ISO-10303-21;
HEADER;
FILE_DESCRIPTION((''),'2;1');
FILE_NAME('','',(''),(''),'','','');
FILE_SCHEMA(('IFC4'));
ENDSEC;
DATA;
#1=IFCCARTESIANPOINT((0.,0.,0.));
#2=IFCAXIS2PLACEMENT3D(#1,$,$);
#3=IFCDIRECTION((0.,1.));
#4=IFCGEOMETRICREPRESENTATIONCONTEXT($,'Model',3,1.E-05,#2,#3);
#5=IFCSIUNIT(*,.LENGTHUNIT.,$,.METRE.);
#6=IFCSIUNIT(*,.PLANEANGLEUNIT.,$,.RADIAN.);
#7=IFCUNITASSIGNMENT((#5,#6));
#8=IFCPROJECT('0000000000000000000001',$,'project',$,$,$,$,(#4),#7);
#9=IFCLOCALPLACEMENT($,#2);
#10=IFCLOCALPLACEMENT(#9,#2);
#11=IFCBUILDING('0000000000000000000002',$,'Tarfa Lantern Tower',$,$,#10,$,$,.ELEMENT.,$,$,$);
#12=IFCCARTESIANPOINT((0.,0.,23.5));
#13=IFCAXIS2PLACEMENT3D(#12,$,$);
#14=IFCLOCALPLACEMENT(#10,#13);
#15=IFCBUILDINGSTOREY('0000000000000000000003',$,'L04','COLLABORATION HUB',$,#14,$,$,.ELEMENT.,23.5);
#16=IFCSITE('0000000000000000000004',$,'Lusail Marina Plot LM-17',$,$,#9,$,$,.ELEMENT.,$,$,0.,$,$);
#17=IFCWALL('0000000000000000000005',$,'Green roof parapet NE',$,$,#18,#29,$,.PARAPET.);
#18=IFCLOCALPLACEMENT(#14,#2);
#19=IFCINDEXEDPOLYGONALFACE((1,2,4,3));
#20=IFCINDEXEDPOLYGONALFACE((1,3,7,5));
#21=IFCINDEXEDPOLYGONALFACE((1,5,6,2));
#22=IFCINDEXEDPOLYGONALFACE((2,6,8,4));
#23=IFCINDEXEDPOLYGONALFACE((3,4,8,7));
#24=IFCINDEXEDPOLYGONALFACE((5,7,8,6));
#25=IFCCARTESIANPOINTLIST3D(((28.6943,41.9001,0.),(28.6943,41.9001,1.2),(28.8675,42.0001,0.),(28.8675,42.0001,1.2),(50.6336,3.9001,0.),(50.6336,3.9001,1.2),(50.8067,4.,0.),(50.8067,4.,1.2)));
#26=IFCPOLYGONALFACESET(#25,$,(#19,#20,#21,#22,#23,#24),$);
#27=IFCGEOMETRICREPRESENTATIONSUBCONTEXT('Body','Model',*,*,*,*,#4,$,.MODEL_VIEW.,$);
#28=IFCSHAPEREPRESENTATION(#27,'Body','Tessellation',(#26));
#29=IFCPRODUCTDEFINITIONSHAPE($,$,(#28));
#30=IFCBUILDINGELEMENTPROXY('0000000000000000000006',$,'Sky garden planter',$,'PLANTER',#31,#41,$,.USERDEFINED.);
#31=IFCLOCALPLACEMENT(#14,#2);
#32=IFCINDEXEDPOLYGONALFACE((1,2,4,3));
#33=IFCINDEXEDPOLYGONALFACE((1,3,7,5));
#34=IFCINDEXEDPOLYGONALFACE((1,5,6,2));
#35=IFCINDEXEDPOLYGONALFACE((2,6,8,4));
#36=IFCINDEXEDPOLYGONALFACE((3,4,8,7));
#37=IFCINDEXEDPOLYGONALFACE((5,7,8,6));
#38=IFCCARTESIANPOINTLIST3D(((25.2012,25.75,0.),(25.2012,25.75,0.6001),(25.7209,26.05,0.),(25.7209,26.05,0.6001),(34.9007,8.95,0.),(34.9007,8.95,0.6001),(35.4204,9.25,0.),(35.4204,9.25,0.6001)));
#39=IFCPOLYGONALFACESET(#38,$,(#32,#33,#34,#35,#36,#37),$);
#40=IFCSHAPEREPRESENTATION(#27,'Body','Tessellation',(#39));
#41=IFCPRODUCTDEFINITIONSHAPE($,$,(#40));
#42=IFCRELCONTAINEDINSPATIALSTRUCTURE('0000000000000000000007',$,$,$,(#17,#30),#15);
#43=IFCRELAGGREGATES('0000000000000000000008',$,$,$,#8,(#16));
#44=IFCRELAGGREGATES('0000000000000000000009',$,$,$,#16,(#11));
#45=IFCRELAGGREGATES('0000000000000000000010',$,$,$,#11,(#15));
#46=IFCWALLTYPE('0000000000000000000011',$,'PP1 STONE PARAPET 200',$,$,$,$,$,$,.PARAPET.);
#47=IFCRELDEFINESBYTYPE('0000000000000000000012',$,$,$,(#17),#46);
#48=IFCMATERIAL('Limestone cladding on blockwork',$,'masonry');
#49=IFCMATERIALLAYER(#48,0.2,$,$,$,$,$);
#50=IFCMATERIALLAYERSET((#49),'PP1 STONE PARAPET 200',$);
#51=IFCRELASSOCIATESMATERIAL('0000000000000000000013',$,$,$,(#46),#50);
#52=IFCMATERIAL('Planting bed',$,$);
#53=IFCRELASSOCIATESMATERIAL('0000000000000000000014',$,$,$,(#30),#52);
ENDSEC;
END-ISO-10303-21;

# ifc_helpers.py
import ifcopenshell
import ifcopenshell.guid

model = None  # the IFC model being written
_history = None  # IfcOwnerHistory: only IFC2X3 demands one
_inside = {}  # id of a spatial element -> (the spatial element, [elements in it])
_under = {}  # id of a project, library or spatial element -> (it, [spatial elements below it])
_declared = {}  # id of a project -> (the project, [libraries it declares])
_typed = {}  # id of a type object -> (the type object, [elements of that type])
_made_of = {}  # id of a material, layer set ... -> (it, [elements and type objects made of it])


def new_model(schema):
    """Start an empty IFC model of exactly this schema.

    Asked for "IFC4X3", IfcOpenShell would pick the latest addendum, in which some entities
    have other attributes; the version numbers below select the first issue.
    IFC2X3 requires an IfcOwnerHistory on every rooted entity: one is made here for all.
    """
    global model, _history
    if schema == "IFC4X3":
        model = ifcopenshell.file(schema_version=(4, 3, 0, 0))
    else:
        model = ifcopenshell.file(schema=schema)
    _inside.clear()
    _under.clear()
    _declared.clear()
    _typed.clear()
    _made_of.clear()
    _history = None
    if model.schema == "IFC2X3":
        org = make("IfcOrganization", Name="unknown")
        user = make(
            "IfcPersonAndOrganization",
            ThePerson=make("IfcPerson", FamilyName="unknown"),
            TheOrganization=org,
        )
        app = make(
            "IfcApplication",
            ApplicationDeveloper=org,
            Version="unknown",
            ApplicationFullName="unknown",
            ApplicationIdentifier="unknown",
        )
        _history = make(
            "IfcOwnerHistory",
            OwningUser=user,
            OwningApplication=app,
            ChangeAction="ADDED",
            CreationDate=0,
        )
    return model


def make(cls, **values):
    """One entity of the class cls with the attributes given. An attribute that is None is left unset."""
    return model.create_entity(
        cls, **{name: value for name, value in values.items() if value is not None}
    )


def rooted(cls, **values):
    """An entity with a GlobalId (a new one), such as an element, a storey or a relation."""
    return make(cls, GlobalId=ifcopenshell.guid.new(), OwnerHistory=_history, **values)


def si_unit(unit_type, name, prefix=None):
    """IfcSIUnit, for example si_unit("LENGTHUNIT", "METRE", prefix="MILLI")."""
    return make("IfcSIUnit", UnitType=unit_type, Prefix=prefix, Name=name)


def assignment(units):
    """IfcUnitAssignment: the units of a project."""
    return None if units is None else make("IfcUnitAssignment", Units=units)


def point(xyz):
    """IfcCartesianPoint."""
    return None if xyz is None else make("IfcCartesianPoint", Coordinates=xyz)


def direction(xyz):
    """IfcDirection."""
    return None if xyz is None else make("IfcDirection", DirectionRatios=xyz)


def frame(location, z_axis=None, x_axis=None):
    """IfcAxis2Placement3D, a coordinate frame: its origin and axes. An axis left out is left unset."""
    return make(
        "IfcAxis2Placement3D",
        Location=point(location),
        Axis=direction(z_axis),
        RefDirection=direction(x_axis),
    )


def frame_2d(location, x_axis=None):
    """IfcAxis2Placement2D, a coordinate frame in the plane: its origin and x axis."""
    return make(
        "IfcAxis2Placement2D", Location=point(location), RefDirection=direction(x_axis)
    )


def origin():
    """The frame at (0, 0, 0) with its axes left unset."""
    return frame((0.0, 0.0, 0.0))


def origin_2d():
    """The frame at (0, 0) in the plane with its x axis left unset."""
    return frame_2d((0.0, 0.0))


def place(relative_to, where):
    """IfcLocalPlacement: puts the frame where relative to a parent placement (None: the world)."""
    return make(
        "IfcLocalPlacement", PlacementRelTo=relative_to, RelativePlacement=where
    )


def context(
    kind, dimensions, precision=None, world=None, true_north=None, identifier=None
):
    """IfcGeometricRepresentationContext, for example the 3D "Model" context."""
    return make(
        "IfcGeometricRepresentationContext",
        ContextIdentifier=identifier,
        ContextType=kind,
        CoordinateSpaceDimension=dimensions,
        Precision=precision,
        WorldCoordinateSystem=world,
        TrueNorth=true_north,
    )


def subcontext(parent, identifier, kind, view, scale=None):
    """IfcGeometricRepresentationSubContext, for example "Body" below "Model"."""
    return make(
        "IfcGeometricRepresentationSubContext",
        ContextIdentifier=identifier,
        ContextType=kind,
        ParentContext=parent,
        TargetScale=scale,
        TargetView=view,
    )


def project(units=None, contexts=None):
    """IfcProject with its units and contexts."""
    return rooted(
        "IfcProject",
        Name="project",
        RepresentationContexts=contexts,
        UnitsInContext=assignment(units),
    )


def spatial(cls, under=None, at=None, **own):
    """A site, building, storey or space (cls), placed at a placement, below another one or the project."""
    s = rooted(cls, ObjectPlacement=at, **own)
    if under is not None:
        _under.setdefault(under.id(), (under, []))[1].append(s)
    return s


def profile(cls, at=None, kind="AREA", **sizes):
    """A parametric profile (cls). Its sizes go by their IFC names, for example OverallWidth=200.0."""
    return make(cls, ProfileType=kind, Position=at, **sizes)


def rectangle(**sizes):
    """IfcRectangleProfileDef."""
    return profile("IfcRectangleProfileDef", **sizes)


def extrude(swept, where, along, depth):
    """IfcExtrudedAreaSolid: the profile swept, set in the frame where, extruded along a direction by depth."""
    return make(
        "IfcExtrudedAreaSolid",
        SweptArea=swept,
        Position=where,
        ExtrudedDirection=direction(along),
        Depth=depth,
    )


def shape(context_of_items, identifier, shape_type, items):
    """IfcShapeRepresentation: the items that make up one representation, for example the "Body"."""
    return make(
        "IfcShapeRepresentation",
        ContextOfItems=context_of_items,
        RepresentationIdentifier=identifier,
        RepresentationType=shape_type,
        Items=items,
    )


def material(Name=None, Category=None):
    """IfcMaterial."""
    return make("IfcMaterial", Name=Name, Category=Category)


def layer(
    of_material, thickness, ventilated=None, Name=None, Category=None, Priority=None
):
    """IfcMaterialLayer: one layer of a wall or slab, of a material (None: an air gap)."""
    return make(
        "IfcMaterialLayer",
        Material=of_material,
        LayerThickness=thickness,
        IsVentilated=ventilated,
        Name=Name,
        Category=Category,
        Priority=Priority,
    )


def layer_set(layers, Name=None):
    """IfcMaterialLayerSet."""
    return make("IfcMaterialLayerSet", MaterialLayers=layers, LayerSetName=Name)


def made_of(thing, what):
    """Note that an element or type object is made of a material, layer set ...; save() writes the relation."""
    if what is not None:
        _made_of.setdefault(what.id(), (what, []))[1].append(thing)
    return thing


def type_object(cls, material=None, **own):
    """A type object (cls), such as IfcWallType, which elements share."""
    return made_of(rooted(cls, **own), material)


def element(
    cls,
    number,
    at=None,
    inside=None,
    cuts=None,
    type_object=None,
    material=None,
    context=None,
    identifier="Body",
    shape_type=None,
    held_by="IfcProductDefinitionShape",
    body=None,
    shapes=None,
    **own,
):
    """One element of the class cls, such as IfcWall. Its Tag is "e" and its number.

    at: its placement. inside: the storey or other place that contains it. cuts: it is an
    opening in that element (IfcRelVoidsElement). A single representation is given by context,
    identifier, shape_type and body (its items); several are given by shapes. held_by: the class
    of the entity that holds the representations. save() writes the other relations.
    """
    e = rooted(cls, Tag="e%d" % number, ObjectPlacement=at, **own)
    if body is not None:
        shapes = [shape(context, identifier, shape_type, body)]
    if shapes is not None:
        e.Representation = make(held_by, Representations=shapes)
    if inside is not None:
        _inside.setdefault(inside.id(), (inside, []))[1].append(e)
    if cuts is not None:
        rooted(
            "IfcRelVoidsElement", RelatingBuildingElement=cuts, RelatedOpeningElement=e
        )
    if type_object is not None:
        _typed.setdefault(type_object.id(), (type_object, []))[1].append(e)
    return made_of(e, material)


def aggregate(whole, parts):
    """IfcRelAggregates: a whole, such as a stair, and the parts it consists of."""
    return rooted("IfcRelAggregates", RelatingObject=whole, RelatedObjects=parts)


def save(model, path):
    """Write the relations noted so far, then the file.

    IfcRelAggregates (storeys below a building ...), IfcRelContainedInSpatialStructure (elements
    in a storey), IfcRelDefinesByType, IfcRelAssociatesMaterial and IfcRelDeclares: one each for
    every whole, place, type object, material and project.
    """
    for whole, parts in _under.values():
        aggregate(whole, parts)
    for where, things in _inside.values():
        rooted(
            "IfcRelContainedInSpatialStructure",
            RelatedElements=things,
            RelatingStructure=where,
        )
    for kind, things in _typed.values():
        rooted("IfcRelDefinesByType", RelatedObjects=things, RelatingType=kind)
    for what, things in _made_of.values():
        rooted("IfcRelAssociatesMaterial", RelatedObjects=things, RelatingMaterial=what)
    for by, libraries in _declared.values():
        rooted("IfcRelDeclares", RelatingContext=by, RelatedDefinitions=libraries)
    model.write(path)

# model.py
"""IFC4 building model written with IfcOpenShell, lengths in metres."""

from ifc_helpers import new_model, si_unit, direction, frame, frame_2d, origin, origin_2d, place, context, subcontext, project, spatial, rectangle, extrude, material, layer, layer_set, type_object, element, save


model = new_model("IFC4")

# Units and contexts
model_context = context("Model", 3, precision=1e-05, world=origin(), true_north=direction((0.0, 1.0)))
body_context = subcontext(model_context, "Body", "Model", "MODEL_VIEW")
ifc_project = project(units=[si_unit("LENGTHUNIT", "METRE"), si_unit("PLANEANGLEUNIT", "RADIAN")], contexts=[model_context])

# Site, building, storey
site_placement = place(None, origin())
site = spatial("IfcSite", under=ifc_project, at=site_placement, Name="Lusail Marina Plot LM-17", CompositionType="ELEMENT", RefElevation=0.0)
building_placement = place(site_placement, origin())
building = spatial("IfcBuilding", under=site, at=building_placement, Name="Tarfa Lantern Tower", CompositionType="ELEMENT")
storey_placement = place(building_placement, frame((0.0, 0.0, 23.5)))
storey = spatial("IfcBuildingStorey", under=building, at=storey_placement, Name="L04", Description="COLLABORATION HUB", CompositionType="ELEMENT", Elevation=23.5)

# Wall
ifc_material_1 = material(Name="Limestone cladding on blockwork", Category="masonry")
ifc_layer_1 = layer(ifc_material_1, 0.2)
ifc_layer_set_1 = layer_set([ifc_layer_1], Name="PP1 STONE PARAPET 200")
wall_type = type_object("IfcWallType", Name="PP1 STONE PARAPET 200", PredefinedType="PARAPET", material=ifc_layer_set_1)
wall_placement = place(storey_placement, frame((50.7202, 3.95, 0.0), z_axis=(0.0, 0.0, 1.0), x_axis=(-0.499998, 0.866026, 0.0)))
element("IfcWall", 1, at=wall_placement, inside=storey, type_object=wall_type, Name="Green roof parapet NE", PredefinedType="PARAPET", context=body_context, shape_type="SweptSolid", body=[
    extrude(rectangle(XDim=43.8787, YDim=0.2, at=frame_2d((21.9395, 0.0))), origin(), (0.0, 0.0, 1.0), 1.2),
])

# Building element proxy
ifc_material_2 = material(Name="Planting bed")
proxy_placement = place(storey_placement, frame((30.3108, 17.5, 0.0), z_axis=(0.0, 0.0, 1.0), x_axis=(-0.5, 0.866025, 0.0)))
element("IfcBuildingElementProxy", 2, at=proxy_placement, inside=storey, material=ifc_material_2, Name="Sky garden planter", ObjectType="PLANTER", PredefinedType="USERDEFINED", context=body_context, shape_type="SweptSolid", body=[
    extrude(rectangle(XDim=19.3989, YDim=0.6001, at=origin_2d()), origin(), (0.0, 0.0, 1.0), 0.6001),
])

save(model, "model.ifc")
